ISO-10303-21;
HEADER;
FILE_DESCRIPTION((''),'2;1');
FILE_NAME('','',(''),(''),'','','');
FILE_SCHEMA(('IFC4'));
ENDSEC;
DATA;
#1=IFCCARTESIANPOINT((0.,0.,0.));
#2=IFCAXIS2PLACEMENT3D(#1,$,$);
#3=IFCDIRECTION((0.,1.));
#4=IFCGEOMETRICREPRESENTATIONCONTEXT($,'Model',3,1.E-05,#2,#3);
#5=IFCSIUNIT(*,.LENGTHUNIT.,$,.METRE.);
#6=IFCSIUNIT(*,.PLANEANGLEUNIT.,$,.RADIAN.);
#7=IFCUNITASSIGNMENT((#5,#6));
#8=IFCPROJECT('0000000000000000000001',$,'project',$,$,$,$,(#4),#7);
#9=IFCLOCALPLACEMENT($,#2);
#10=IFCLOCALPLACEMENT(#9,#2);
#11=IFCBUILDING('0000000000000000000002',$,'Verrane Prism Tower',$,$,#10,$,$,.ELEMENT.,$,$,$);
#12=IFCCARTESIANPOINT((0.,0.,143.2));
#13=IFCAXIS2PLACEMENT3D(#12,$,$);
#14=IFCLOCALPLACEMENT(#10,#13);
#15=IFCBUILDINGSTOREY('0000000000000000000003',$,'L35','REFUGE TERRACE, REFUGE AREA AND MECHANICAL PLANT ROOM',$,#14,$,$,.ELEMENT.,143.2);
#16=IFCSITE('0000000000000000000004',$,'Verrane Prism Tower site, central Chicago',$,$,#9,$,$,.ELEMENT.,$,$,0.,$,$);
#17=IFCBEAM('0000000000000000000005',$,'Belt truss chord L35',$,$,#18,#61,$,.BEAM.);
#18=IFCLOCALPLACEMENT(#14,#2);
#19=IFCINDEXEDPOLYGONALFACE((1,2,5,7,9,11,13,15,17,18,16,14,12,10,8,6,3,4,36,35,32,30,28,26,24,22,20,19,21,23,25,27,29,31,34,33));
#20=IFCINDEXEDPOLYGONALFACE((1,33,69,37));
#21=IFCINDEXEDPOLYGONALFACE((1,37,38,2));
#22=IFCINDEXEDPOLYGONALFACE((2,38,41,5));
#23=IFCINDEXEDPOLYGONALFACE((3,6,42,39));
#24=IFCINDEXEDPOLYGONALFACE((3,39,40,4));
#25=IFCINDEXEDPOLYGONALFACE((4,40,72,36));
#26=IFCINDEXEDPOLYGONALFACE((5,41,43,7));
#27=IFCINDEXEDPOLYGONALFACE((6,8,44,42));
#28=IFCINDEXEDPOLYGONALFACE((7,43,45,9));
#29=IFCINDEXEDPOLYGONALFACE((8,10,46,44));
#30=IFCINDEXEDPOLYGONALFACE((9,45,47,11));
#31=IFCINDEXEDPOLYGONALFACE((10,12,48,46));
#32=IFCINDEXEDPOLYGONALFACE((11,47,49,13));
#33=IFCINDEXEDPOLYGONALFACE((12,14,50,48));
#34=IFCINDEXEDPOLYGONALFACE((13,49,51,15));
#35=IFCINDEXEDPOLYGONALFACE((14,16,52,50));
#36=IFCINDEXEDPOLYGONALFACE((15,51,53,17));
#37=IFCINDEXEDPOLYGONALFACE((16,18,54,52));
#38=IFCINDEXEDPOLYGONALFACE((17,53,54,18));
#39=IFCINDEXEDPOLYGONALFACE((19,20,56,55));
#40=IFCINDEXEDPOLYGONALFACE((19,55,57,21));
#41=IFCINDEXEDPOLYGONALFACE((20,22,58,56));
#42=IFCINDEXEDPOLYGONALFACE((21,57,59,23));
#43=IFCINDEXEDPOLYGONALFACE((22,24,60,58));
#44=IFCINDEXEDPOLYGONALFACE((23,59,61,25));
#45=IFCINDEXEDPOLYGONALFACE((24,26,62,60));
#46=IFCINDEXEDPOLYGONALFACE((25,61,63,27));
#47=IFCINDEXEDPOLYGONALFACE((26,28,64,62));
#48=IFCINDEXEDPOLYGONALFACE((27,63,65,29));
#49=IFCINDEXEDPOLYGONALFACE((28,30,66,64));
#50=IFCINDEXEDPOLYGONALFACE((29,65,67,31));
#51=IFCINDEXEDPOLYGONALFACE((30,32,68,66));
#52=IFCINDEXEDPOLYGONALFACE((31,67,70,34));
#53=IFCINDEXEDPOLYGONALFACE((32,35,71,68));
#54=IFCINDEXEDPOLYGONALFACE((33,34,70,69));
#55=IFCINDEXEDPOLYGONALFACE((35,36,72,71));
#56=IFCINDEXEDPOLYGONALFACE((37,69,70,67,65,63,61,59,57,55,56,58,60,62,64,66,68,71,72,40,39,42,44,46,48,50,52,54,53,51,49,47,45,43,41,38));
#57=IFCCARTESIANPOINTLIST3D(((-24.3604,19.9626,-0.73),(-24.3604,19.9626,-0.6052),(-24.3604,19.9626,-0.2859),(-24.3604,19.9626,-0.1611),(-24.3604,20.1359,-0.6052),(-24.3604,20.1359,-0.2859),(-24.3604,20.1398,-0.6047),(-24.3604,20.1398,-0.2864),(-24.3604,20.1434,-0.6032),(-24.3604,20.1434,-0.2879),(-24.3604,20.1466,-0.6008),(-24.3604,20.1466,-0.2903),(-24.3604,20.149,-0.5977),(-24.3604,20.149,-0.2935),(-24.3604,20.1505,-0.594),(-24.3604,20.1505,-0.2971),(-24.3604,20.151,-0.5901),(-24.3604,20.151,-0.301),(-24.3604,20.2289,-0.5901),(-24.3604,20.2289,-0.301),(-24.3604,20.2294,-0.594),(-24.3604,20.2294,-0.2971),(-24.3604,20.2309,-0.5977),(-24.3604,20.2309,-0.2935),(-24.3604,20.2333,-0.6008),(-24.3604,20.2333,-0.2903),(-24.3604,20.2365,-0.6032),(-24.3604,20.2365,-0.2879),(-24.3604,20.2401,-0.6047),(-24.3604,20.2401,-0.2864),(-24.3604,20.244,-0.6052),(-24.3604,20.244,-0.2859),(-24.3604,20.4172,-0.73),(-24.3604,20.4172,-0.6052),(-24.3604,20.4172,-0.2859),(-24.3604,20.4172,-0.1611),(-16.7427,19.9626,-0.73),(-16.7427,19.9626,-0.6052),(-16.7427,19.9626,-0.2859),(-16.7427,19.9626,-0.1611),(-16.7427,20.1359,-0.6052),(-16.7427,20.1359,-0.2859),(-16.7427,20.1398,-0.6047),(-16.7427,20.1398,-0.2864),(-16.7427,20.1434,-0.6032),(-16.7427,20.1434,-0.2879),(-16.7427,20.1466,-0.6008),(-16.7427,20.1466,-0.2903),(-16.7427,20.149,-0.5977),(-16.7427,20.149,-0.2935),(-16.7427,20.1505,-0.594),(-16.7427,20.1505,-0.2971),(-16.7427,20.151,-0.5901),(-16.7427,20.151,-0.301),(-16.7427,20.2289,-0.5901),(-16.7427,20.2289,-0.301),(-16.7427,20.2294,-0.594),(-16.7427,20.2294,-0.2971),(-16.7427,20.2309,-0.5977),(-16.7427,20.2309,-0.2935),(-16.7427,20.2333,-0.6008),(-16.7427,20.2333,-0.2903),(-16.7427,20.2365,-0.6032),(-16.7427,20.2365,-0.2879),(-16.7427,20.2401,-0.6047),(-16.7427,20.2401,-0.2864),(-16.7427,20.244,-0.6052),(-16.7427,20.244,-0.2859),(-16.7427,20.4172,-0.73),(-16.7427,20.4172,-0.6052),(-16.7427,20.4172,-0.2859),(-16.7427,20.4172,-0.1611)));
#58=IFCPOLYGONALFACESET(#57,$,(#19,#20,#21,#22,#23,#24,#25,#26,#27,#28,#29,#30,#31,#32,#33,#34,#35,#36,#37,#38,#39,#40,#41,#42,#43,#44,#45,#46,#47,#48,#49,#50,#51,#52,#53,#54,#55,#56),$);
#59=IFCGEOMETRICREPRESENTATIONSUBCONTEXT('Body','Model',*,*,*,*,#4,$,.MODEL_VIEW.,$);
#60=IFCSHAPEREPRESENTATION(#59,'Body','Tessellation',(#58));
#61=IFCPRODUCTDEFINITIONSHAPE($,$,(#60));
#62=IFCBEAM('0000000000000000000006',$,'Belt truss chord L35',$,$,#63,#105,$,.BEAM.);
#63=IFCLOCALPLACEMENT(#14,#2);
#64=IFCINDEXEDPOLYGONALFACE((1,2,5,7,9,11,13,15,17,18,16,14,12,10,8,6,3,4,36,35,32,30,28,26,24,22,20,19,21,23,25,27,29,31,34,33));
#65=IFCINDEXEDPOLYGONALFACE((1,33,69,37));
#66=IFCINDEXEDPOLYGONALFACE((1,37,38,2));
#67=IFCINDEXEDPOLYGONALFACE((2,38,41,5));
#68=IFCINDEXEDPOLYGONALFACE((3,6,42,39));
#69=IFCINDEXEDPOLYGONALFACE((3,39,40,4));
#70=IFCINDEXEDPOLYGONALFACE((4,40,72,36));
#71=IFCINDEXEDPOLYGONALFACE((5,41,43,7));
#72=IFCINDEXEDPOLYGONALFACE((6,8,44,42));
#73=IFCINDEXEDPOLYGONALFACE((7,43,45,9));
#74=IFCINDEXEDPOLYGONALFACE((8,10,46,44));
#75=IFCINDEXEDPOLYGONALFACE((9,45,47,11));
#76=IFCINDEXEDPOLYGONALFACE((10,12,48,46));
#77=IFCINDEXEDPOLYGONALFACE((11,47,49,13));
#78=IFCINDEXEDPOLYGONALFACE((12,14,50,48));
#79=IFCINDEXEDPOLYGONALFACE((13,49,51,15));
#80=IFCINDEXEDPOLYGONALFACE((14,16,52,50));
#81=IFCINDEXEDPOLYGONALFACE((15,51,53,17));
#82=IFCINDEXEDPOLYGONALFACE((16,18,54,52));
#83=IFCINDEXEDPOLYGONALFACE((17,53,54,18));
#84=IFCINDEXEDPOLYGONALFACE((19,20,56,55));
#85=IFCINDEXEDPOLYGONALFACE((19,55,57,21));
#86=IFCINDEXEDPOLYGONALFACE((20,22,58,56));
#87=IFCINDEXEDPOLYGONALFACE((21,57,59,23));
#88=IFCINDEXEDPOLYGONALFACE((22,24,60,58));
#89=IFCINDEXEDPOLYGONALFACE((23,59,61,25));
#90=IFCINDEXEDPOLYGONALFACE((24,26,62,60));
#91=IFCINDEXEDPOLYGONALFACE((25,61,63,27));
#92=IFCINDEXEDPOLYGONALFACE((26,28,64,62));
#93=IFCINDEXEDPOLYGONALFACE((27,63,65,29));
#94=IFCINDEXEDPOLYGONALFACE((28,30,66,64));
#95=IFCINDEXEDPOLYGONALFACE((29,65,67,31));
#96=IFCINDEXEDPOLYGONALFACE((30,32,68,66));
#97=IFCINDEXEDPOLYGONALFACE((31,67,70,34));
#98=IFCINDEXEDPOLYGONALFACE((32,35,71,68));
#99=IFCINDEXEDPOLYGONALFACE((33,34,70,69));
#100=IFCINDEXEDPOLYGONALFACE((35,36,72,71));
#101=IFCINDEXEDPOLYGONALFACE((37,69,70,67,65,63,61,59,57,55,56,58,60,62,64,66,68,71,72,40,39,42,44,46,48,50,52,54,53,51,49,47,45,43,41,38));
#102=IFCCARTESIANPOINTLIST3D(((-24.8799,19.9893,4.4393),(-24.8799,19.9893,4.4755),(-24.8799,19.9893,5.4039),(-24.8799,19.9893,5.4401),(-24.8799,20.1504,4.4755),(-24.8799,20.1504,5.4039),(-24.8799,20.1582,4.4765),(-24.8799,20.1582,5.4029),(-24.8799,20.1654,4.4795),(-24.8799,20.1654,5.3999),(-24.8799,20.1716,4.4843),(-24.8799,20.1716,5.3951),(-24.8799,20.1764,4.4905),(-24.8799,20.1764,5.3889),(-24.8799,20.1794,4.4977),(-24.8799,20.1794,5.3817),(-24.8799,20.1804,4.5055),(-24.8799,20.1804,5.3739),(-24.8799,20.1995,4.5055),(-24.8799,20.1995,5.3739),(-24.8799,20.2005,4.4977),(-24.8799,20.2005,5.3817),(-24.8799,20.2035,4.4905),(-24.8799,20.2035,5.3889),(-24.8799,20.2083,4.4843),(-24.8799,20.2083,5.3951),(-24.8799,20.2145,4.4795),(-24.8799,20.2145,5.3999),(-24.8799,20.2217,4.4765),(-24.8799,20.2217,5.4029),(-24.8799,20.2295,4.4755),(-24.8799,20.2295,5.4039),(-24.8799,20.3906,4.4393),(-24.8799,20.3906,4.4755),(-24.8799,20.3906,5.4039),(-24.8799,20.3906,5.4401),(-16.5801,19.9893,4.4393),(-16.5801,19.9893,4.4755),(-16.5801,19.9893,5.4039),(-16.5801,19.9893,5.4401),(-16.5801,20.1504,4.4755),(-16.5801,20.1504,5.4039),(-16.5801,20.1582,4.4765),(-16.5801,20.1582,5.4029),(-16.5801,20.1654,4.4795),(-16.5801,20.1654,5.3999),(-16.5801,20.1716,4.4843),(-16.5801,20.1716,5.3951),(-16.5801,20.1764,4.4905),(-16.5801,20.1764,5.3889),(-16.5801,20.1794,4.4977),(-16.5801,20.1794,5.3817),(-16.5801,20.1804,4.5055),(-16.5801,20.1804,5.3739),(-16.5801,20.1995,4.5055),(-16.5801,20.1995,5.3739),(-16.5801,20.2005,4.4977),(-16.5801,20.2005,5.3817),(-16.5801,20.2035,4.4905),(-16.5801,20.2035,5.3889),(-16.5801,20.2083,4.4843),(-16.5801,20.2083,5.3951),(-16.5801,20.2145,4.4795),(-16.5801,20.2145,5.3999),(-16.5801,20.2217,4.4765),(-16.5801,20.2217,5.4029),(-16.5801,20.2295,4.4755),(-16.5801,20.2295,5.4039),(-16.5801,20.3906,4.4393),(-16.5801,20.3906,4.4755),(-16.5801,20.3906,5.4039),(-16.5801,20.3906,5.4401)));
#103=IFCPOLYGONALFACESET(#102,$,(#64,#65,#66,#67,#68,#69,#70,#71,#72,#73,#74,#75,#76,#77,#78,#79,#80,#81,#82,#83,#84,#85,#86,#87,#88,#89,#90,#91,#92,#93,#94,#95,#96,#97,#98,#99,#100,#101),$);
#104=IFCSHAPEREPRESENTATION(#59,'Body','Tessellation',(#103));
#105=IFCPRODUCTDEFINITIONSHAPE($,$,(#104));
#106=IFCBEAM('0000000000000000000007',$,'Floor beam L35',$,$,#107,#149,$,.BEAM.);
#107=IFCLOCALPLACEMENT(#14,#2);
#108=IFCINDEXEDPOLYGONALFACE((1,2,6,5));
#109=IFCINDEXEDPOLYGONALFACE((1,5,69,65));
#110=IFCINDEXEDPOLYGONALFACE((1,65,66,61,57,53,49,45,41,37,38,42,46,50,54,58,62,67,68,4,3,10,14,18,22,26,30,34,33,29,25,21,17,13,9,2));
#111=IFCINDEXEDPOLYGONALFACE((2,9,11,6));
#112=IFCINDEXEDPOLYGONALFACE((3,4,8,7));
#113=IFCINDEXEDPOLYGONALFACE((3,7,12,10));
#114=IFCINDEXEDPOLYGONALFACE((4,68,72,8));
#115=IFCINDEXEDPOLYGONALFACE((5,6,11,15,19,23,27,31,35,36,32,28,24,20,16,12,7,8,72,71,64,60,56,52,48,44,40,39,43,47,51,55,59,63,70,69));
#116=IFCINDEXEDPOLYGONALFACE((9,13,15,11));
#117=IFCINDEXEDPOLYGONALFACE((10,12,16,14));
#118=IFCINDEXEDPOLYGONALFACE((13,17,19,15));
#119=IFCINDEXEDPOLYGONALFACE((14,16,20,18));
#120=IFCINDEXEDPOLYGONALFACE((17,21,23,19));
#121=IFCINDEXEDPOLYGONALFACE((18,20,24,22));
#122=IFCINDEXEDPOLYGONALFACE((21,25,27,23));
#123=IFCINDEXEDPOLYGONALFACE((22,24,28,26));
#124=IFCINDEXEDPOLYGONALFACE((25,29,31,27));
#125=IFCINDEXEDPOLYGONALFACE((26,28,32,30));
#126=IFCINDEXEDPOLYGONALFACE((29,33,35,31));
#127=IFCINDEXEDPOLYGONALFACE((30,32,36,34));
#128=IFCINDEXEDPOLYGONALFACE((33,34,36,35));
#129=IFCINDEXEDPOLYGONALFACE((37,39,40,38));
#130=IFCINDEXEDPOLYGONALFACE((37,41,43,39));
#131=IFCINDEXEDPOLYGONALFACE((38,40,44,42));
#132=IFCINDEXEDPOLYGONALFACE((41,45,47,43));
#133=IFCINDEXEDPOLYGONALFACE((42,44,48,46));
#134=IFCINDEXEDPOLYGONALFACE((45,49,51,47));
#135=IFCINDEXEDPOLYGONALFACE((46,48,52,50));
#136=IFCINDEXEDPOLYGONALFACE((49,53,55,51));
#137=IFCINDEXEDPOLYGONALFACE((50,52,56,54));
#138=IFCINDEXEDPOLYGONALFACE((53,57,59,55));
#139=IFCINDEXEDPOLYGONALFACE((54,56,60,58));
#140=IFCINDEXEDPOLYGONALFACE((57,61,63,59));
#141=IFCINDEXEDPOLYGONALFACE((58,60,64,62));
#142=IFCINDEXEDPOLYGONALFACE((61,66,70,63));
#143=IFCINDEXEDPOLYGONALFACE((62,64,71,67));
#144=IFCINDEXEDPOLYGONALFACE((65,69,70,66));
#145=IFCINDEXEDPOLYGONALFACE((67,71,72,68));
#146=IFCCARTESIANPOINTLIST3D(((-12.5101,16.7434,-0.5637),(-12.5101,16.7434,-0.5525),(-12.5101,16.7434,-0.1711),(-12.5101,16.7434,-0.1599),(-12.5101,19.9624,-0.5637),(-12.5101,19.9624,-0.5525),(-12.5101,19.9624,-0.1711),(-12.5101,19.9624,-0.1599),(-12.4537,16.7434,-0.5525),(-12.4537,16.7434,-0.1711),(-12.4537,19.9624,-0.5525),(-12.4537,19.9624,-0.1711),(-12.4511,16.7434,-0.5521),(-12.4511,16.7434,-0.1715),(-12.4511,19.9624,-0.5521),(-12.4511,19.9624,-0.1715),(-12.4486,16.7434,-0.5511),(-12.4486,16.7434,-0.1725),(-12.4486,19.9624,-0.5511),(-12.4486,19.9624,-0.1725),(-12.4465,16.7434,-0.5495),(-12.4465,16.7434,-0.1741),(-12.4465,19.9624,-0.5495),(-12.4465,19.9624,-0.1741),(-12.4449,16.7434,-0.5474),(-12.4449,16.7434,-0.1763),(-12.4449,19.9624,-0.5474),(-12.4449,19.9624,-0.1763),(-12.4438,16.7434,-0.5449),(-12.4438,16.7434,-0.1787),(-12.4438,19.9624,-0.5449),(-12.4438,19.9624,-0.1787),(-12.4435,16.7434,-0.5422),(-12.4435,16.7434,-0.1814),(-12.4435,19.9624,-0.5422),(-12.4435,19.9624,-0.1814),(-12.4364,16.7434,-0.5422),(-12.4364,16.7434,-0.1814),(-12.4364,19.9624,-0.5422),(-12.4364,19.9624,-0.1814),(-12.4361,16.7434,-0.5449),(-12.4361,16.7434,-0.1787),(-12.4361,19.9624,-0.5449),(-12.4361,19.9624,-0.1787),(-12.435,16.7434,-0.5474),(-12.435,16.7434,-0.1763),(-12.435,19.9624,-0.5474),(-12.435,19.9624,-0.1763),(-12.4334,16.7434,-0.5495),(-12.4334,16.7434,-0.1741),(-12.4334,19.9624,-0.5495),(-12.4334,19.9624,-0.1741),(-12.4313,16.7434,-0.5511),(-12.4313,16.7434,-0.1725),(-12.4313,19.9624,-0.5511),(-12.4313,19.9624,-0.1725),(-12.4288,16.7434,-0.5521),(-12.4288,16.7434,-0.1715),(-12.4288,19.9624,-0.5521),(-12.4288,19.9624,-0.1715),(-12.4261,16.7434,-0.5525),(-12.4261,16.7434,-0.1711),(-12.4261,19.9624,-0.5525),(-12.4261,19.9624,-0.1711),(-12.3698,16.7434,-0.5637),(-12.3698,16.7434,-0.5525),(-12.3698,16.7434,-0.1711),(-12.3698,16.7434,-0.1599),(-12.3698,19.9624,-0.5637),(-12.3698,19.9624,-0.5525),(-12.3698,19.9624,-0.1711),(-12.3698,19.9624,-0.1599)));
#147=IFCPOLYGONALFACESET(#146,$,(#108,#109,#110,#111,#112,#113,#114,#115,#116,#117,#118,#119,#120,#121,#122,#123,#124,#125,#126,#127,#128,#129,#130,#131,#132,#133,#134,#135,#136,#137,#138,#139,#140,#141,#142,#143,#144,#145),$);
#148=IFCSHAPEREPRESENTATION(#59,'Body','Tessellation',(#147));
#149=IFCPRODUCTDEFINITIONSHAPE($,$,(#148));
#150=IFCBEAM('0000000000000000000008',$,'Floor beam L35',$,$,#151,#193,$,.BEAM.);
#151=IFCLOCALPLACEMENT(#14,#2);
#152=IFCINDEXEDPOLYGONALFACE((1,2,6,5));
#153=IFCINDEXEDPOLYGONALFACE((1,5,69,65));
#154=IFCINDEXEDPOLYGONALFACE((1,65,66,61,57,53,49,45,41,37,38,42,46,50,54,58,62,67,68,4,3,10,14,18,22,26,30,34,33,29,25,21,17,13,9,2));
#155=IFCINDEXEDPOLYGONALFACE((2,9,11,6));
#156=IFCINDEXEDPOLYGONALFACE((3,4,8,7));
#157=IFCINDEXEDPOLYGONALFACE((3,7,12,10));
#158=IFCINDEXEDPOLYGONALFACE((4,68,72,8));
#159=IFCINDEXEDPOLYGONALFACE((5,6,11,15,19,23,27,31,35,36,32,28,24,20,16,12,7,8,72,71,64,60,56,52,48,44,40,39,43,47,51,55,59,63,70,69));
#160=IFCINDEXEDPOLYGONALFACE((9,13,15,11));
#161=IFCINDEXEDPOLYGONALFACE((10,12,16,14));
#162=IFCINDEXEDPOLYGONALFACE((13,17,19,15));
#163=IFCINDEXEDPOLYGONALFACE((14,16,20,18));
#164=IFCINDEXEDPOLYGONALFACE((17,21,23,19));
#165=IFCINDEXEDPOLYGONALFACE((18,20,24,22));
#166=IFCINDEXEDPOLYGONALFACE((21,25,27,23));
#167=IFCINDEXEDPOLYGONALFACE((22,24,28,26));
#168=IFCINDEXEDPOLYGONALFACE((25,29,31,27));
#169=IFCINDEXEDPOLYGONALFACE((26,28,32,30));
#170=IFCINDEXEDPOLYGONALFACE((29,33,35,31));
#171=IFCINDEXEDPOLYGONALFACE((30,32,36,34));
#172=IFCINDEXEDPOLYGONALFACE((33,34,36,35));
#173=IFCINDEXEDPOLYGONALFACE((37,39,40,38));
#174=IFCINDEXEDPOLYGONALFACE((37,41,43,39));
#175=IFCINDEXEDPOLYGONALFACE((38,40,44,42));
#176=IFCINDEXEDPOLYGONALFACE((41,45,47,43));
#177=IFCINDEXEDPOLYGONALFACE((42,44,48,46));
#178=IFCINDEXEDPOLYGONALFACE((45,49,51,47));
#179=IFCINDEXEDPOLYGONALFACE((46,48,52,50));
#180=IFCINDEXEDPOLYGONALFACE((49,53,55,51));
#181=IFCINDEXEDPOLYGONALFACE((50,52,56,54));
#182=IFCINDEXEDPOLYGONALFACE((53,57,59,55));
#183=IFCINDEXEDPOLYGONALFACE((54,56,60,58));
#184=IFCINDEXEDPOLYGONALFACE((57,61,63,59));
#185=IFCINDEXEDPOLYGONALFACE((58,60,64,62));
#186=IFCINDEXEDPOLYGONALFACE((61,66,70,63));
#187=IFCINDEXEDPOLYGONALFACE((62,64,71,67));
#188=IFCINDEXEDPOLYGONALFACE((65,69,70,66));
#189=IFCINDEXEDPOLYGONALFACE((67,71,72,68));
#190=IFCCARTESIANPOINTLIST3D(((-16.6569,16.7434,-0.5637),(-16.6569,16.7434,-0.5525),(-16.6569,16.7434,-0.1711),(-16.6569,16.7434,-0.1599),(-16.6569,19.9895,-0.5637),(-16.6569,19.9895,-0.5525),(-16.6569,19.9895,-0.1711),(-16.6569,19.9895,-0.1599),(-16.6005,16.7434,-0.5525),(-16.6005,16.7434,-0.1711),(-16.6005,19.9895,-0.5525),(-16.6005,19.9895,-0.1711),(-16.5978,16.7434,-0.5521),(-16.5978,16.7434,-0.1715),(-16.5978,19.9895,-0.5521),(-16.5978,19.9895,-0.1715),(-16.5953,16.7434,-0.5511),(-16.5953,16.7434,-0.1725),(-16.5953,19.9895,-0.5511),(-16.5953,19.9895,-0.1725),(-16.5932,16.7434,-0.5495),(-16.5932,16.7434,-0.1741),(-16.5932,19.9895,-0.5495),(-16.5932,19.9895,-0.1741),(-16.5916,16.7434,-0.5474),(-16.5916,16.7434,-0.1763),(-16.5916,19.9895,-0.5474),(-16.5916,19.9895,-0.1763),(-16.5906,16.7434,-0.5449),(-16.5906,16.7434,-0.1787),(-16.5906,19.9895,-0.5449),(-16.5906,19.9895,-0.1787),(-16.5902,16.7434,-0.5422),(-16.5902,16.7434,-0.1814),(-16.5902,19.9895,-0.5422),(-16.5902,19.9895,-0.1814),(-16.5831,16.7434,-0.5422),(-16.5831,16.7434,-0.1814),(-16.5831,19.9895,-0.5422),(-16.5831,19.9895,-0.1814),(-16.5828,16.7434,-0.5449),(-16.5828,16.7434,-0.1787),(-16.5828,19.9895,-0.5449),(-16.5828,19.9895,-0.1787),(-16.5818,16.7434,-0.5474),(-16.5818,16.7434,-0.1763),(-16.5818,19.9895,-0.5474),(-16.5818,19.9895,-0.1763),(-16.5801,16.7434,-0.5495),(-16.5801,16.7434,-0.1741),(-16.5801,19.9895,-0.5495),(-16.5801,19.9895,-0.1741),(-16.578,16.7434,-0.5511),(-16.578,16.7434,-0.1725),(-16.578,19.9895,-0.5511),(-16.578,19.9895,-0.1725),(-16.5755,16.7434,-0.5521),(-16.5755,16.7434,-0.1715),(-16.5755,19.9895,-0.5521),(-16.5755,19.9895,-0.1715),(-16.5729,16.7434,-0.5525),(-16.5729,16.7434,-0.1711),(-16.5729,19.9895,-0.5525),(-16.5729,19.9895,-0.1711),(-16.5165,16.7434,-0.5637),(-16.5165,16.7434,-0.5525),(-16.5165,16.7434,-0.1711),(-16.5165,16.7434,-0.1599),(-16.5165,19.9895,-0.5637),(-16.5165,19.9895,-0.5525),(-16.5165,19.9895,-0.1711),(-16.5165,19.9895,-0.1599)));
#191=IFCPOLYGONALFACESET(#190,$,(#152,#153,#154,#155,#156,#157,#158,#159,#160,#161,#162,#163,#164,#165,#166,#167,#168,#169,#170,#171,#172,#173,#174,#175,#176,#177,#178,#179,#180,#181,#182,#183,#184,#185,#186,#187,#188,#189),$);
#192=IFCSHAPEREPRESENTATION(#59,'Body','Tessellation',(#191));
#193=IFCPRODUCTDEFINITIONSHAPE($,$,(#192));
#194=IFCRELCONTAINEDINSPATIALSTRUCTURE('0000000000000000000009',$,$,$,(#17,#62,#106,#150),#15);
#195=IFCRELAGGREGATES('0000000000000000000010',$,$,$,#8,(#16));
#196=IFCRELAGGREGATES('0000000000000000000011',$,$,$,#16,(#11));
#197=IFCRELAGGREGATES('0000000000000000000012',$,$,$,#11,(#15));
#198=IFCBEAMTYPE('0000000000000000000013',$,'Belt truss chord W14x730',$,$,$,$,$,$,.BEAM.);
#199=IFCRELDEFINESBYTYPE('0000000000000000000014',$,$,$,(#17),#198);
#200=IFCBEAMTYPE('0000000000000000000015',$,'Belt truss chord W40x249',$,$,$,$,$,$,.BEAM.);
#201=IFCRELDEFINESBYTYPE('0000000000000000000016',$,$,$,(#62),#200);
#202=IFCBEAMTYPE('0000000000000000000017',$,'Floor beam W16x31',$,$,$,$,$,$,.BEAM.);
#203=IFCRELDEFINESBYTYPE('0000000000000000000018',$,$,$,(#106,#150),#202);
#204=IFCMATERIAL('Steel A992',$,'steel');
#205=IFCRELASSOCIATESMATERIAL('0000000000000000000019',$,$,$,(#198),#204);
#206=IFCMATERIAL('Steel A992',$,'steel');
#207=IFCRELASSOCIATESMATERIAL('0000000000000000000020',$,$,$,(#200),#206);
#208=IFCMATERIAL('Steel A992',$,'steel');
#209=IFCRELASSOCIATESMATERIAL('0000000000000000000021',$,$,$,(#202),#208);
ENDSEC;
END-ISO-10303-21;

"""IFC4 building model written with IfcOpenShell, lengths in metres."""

from ifc_helpers import new_model, si_unit, direction, frame, origin, origin_2d, place, context, subcontext, project, spatial, i_section, extrude, material, material_profile, profile_set, type_object, element, save


model = new_model("IFC4")

# Units and contexts
model_context = context("Model", 3, precision=1e-05, world=origin(), true_north=direction((0.0, 1.0)))
body_context = subcontext(model_context, "Body", "Model", "MODEL_VIEW")
ifc_project = project(units=[si_unit("LENGTHUNIT", "METRE"), si_unit("PLANEANGLEUNIT", "RADIAN")], contexts=[model_context])

# Site, building, storey
site_placement = place(None, origin())
site = spatial("IfcSite", under=ifc_project, at=site_placement, Name="Verrane Prism Tower site, central Chicago", CompositionType="ELEMENT", RefElevation=0.0)
building_placement = place(site_placement, origin())
building = spatial("IfcBuilding", under=site, at=building_placement, Name="Verrane Prism Tower", CompositionType="ELEMENT")
storey_placement = place(building_placement, frame((0.0, 0.0, 143.2)))
storey = spatial("IfcBuildingStorey", under=building, at=storey_placement, Name="L35", Description="REFUGE TERRACE, REFUGE AREA AND MECHANICAL PLANT ROOM", CompositionType="ELEMENT", Elevation=143.2)

# Beams
ifc_material_1 = material(Name="Steel A992", Category="steel")
ifc_material_profile_1 = material_profile(ifc_material_1, i_section(OverallWidth=0.4546, OverallDepth=0.5688, WebThickness=0.0779, FlangeThickness=0.1248, FilletRadius=0.0151, at=origin_2d()), Name="W14x730")
ifc_profile_set_1 = profile_set([ifc_material_profile_1], Name="Steel A992")
beam_type_1 = type_object("IfcBeamType", Name="Belt truss chord W14x730", PredefinedType="BEAM", material=ifc_profile_set_1)
beam_1_placement = place(storey_placement, frame((-16.7427, 20.1899, -0.4456), z_axis=(-1.0, 0.0, 0.0), x_axis=(0.0, -1.0, 0.0)))
element("IfcBeam", 1, at=beam_1_placement, inside=storey, type_object=beam_type_1, Name="Belt truss chord L35", PredefinedType="BEAM", context=body_context, shape_type="SweptSolid", body=[
    extrude(i_section(OverallWidth=0.4546, OverallDepth=0.5688, WebThickness=0.0779, FlangeThickness=0.1248, FilletRadius=0.0151, at=origin_2d()), origin(), (0.0, 0.0, 1.0), 7.6177),
])
ifc_material_2 = material(Name="Steel A992", Category="steel")
ifc_material_profile_2 = material_profile(ifc_material_2, i_section(OverallWidth=0.4014, OverallDepth=1.0007, WebThickness=0.019, FlangeThickness=0.0361, FilletRadius=0.03, at=origin_2d()), Name="W40x249")
ifc_profile_set_2 = profile_set([ifc_material_profile_2], Name="Steel A992")
beam_type_2 = type_object("IfcBeamType", Name="Belt truss chord W40x249", PredefinedType="BEAM", material=ifc_profile_set_2)
beam_2_placement = place(storey_placement, frame((-16.5801, 20.1899, 4.9397), z_axis=(-1.0, 0.0, 0.0), x_axis=(0.0, -1.0, 0.0)))
element("IfcBeam", 2, at=beam_2_placement, inside=storey, type_object=beam_type_2, Name="Belt truss chord L35", PredefinedType="BEAM", context=body_context, shape_type="SweptSolid", body=[
    extrude(i_section(OverallWidth=0.4014, OverallDepth=1.0007, WebThickness=0.019, FlangeThickness=0.0361, FilletRadius=0.03, at=origin_2d()), origin(), (0.0, 0.0, 1.0), 8.2998),
])
ifc_material_3 = material(Name="Steel A992", Category="steel")
ifc_material_profile_3 = material_profile(ifc_material_3, i_section(OverallWidth=0.1404, OverallDepth=0.4038, WebThickness=0.0071, FlangeThickness=0.0112, FilletRadius=0.0103, at=origin_2d()), Name="W16x31")
ifc_profile_set_3 = profile_set([ifc_material_profile_3], Name="Steel A992")
beam_type_3 = type_object("IfcBeamType", Name="Floor beam W16x31", PredefinedType="BEAM", material=ifc_profile_set_3)
beam_3_placement = place(storey_placement, frame((-12.4399, 16.7434, -0.3618), z_axis=(0.0, 1.0, 0.0), x_axis=(-1.0, 0.0, 0.0)))
element("IfcBeam", 3, at=beam_3_placement, inside=storey, type_object=beam_type_3, Name="Floor beam L35", PredefinedType="BEAM", context=body_context, shape_type="SweptSolid", body=[
    extrude(i_section(OverallWidth=0.1404, OverallDepth=0.4038, WebThickness=0.0071, FlangeThickness=0.0112, FilletRadius=0.0103, at=origin_2d()), origin(), (0.0, 0.0, 1.0), 3.219),
])
beam_4_placement = place(storey_placement, frame((-16.5867, 16.7434, -0.3618), z_axis=(0.0, 1.0, 0.0), x_axis=(-1.0, 0.0, 0.0)))
element("IfcBeam", 4, at=beam_4_placement, inside=storey, type_object=beam_type_3, Name="Floor beam L35", PredefinedType="BEAM", context=body_context, shape_type="SweptSolid", body=[
    extrude(i_section(OverallWidth=0.1404, OverallDepth=0.4038, WebThickness=0.0071, FlangeThickness=0.0112, FilletRadius=0.0103, at=origin_2d()), origin(), (0.0, 0.0, 1.0), 3.2461),
])

save(model, "model.ifc")
